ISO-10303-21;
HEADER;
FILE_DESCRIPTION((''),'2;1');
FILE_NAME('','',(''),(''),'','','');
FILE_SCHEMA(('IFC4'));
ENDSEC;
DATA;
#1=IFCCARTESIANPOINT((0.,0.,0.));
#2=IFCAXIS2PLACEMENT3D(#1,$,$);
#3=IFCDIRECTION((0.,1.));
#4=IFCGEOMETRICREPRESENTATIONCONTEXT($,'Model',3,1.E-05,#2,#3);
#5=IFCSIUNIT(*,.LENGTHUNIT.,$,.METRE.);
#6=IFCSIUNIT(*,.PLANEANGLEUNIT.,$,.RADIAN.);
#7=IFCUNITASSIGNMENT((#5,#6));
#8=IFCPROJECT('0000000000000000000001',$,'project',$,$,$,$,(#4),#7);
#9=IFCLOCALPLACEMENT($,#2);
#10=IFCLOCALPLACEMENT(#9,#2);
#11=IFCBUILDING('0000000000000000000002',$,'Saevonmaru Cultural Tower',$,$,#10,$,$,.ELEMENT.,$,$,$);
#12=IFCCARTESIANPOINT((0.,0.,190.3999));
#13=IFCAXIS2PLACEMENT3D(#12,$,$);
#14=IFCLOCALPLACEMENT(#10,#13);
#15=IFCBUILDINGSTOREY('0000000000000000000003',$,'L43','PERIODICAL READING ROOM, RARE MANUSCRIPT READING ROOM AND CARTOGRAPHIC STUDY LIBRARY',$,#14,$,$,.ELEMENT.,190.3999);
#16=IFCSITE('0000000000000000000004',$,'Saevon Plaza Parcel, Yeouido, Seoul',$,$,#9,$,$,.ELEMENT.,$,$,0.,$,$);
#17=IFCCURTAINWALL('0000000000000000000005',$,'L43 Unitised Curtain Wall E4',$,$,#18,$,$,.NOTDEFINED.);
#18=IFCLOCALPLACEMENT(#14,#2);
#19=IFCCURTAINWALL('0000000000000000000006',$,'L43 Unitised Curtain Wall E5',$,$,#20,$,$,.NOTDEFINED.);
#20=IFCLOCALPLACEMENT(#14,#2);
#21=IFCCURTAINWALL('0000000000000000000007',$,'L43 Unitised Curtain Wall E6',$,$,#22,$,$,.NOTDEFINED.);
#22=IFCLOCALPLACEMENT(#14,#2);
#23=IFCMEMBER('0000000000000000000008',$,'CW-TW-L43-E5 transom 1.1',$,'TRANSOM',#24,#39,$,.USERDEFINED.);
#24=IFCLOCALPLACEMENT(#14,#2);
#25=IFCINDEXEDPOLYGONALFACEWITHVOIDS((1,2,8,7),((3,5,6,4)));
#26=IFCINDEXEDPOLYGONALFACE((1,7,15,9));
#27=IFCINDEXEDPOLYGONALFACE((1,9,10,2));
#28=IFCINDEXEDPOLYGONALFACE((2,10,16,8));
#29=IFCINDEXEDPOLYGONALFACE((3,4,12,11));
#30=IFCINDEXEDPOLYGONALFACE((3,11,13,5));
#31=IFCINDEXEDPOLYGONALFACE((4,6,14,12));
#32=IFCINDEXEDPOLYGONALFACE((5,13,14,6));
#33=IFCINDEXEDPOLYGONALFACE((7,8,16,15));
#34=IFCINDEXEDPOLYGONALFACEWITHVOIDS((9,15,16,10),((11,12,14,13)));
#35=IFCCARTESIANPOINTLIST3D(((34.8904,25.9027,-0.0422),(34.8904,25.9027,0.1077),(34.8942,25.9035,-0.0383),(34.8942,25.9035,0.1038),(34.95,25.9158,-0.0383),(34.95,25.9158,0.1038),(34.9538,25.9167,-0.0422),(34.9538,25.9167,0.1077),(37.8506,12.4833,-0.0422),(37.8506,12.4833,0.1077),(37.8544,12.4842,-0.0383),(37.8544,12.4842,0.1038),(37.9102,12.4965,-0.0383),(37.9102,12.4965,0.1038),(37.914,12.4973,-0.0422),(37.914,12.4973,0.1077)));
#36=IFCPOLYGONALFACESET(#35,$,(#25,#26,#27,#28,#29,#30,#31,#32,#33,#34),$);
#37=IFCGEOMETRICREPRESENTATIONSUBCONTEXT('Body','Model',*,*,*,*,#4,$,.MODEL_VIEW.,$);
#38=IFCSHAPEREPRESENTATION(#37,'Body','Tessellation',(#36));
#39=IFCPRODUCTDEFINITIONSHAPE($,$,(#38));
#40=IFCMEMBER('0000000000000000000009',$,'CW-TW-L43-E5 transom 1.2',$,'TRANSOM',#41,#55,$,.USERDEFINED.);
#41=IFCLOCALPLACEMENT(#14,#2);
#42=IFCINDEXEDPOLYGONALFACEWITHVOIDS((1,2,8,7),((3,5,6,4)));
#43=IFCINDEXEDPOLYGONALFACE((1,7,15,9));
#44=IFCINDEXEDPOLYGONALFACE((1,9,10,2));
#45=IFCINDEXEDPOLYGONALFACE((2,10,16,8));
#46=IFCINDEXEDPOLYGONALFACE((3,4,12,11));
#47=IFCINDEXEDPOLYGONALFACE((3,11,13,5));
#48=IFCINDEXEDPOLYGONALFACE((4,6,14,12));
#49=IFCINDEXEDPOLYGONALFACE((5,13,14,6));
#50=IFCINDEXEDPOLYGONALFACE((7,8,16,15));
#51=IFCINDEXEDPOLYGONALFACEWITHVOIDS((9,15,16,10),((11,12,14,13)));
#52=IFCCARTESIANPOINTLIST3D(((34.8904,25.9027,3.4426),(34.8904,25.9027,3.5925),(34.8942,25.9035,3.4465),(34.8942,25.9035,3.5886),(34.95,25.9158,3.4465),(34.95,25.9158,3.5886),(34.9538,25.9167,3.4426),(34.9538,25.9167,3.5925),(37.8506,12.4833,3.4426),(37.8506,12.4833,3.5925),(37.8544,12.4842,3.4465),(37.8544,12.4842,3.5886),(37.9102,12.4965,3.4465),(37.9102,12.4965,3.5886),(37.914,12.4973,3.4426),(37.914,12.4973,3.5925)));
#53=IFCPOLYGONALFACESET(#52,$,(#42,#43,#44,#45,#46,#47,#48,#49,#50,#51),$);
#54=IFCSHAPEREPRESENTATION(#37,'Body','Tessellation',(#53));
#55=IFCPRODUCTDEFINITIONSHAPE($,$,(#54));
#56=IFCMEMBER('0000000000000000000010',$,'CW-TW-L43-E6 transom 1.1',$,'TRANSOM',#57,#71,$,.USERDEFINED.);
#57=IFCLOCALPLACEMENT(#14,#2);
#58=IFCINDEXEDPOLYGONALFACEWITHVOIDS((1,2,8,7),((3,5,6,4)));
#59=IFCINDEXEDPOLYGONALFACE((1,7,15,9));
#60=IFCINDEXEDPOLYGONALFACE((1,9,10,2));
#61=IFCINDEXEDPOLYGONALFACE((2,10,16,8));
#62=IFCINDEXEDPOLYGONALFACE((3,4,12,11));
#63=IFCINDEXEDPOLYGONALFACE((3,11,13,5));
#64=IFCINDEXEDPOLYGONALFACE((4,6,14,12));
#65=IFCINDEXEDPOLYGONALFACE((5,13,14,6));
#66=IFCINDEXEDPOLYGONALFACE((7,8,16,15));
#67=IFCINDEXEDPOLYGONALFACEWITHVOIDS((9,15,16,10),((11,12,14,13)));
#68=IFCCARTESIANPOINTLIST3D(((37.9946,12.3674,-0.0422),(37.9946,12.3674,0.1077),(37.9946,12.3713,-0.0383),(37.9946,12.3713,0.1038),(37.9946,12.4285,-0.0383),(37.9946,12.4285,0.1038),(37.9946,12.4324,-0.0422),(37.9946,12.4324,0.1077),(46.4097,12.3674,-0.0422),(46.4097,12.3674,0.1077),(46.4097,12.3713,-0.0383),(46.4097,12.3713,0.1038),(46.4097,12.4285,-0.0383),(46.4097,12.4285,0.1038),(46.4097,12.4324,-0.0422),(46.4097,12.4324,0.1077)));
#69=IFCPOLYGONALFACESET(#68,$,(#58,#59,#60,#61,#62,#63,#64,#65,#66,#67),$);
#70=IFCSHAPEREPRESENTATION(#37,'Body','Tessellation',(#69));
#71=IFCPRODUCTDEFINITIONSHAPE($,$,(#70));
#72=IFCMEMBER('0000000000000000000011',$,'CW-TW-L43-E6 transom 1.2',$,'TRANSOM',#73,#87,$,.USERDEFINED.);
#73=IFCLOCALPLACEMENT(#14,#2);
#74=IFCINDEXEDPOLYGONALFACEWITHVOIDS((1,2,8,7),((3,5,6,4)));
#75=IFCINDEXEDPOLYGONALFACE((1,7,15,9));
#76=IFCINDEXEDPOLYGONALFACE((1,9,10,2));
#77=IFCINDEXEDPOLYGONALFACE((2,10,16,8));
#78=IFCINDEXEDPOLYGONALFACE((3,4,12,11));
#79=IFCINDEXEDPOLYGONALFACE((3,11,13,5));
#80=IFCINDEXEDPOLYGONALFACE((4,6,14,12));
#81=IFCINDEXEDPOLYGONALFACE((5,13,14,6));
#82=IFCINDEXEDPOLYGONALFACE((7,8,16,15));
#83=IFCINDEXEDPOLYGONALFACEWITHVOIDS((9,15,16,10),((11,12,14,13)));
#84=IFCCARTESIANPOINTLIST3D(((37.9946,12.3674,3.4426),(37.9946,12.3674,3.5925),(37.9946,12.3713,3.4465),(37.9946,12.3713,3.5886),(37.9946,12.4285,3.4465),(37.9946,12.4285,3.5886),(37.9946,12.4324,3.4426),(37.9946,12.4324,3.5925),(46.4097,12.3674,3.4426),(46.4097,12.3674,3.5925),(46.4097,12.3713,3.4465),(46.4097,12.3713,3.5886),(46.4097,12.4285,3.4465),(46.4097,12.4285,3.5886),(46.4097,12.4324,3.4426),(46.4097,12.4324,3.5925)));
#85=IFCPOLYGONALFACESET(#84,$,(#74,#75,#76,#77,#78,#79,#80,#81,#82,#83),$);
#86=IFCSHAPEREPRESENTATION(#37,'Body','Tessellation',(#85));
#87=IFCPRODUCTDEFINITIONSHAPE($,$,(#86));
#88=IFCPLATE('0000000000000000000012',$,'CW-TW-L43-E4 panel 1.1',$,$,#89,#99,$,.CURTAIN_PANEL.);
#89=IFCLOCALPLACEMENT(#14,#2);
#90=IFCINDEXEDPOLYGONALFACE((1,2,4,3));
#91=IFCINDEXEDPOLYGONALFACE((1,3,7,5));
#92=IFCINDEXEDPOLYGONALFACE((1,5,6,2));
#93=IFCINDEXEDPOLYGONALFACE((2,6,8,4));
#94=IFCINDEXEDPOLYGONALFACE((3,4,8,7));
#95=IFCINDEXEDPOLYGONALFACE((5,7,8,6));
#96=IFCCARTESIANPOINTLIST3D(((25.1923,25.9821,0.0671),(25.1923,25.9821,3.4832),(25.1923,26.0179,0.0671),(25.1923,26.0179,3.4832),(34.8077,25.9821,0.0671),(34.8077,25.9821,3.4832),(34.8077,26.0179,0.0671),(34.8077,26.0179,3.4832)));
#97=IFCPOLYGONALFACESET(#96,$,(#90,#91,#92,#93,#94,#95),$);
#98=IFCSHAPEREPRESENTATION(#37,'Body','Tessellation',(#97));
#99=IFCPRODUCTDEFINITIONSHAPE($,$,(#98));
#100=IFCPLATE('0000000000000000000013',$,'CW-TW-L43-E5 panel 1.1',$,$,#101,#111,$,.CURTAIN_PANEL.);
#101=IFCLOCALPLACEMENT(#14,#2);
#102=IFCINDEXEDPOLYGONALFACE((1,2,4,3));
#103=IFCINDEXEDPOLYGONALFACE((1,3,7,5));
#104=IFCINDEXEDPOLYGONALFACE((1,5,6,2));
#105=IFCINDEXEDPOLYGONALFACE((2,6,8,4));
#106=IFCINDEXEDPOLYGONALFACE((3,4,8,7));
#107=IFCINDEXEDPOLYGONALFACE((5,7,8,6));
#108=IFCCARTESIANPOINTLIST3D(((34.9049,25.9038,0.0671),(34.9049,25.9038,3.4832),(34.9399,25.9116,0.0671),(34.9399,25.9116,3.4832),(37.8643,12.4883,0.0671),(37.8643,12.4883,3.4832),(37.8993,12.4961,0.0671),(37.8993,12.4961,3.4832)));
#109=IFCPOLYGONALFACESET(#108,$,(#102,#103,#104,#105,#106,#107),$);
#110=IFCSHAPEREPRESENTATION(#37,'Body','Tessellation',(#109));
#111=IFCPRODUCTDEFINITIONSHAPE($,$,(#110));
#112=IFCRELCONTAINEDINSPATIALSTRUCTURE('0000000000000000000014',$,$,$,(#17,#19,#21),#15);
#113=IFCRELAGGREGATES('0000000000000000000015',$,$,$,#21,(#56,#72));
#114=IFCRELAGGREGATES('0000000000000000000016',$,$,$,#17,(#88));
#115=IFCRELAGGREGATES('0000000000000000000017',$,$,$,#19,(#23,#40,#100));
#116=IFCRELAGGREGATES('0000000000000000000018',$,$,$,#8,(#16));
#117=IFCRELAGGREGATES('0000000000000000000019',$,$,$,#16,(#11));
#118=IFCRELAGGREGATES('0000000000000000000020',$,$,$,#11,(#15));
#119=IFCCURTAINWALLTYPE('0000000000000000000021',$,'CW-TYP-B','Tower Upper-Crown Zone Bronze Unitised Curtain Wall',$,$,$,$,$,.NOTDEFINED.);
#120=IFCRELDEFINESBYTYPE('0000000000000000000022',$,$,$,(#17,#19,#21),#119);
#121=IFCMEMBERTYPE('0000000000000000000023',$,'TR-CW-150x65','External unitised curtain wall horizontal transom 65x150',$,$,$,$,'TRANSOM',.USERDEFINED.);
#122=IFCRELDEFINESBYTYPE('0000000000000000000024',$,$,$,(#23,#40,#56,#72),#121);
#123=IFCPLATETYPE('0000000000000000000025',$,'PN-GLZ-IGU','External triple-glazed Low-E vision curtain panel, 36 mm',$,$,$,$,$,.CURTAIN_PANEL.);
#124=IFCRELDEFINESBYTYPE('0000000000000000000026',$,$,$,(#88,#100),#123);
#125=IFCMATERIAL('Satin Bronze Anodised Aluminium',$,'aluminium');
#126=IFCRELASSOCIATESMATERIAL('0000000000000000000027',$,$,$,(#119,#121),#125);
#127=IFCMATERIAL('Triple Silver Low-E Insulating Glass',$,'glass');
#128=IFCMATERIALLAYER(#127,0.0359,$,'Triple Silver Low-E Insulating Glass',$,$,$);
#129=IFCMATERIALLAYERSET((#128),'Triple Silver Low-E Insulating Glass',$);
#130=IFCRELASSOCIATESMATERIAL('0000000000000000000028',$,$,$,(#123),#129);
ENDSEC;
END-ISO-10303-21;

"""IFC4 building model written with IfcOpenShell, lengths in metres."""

from ifc_helpers import new_model, si_unit, direction, frame, origin, origin_2d, place, context, subcontext, project, spatial, rectangle, hollow_rectangle, extrude, material, layer, layer_set, material_profile, profile_set, type_object, element, aggregate, save


model = new_model("IFC4")

# Units and contexts
model_context = context("Model", 3, precision=1e-05, world=origin(), true_north=direction((0.0, 1.0)))
body_context = subcontext(model_context, "Body", "Model", "MODEL_VIEW")
ifc_project = project(units=[si_unit("LENGTHUNIT", "METRE"), si_unit("PLANEANGLEUNIT", "RADIAN")], contexts=[model_context])

# Site, building, storey
site_placement = place(None, origin())
site = spatial("IfcSite", under=ifc_project, at=site_placement, Name="Saevon Plaza Parcel, Yeouido, Seoul", CompositionType="ELEMENT", RefElevation=0.0)
building_placement = place(site_placement, origin())
building = spatial("IfcBuilding", under=site, at=building_placement, Name="Saevonmaru Cultural Tower", CompositionType="ELEMENT")
storey_placement = place(building_placement, frame((0.0, 0.0, 190.3999)))
storey = spatial("IfcBuildingStorey", under=building, at=storey_placement, Name="L43", Description="PERIODICAL READING ROOM, RARE MANUSCRIPT READING ROOM AND CARTOGRAPHIC STUDY LIBRARY", CompositionType="ELEMENT", Elevation=190.3999)

# Shared definitions
ifc_material_1 = material(Name="Satin Bronze Anodised Aluminium", Category="aluminium")
curtain_wall_type = type_object("IfcCurtainWallType", Name="CW-TYP-B", Description="Tower Upper-Crown Zone Bronze Unitised Curtain Wall", PredefinedType="NOTDEFINED", material=ifc_material_1)

# Curtain walls
curtain_wall_1_placement = place(storey_placement, origin())
curtain_wall_1 = element("IfcCurtainWall", 1, at=curtain_wall_1_placement, inside=storey, type_object=curtain_wall_type, Name="L43 Unitised Curtain Wall E4", PredefinedType="NOTDEFINED")
curtain_wall_2_placement = place(storey_placement, origin())
curtain_wall_2 = element("IfcCurtainWall", 2, at=curtain_wall_2_placement, inside=storey, type_object=curtain_wall_type, Name="L43 Unitised Curtain Wall E5", PredefinedType="NOTDEFINED")

# Curtain wall
curtain_wall_3_placement = place(storey_placement, origin())
curtain_wall_3 = element("IfcCurtainWall", 3, at=curtain_wall_3_placement, inside=storey, type_object=curtain_wall_type, Name="L43 Unitised Curtain Wall E6", PredefinedType="NOTDEFINED")

# Members
ifc_material_profile_1 = material_profile(ifc_material_1, hollow_rectangle(XDim=0.0649, YDim=0.1499, WallThickness=0.0039, at=origin_2d()), Name="ALU-TRAN-150x65x4")
ifc_profile_set_1 = profile_set([ifc_material_profile_1], Name="Satin Bronze Anodised Aluminium")
member_type_1 = type_object("IfcMemberType", Name="TR-CW-150x65", Description="External unitised curtain wall horizontal transom 65x150", ElementType="TRANSOM", PredefinedType="USERDEFINED", material=ifc_profile_set_1)
member_1_placement = place(storey_placement, frame((34.9221, 25.9097, 0.0327), z_axis=(0.215412, -0.976523, 0.0), x_axis=(0.976523, 0.215412, 0.0)))
member_1 = element("IfcMember", 4, at=member_1_placement, type_object=member_type_1, Name="CW-TW-L43-E5 transom 1.1", ObjectType="TRANSOM", PredefinedType="USERDEFINED", context=body_context, shape_type="SweptSolid", body=[
    extrude(hollow_rectangle(XDim=0.0649, YDim=0.1499, WallThickness=0.0039, at=origin_2d()), origin(), (0.0, 0.0, 1.0), 13.7419),
])
member_2_placement = place(storey_placement, frame((34.9221, 25.9097, 3.5176), z_axis=(0.215412, -0.976523, 0.0), x_axis=(0.976523, 0.215412, 0.0)))
member_2 = element("IfcMember", 5, at=member_2_placement, type_object=member_type_1, Name="CW-TW-L43-E5 transom 1.2", ObjectType="TRANSOM", PredefinedType="USERDEFINED", context=body_context, shape_type="SweptSolid", body=[
    extrude(hollow_rectangle(XDim=0.0649, YDim=0.1499, WallThickness=0.0039, at=origin_2d()), origin(), (0.0, 0.0, 1.0), 13.7419),
])
member_3_placement = place(storey_placement, frame((37.9946, 12.3999, 0.0327), z_axis=(1.0, 0.0, 0.0), x_axis=(0.0, 1.0, 0.0)))
member_3 = element("IfcMember", 6, at=member_3_placement, type_object=member_type_1, Name="CW-TW-L43-E6 transom 1.1", ObjectType="TRANSOM", PredefinedType="USERDEFINED", context=body_context, shape_type="SweptSolid", body=[
    extrude(hollow_rectangle(XDim=0.0649, YDim=0.1499, WallThickness=0.0039, at=origin_2d()), origin(), (0.0, 0.0, 1.0), 8.415),
])
member_4_placement = place(storey_placement, frame((37.9946, 12.3999, 3.5176), z_axis=(1.0, 0.0, 0.0), x_axis=(0.0, 1.0, 0.0)))
member_4 = element("IfcMember", 7, at=member_4_placement, type_object=member_type_1, Name="CW-TW-L43-E6 transom 1.2", ObjectType="TRANSOM", PredefinedType="USERDEFINED", context=body_context, shape_type="SweptSolid", body=[
    extrude(hollow_rectangle(XDim=0.0649, YDim=0.1499, WallThickness=0.0039, at=origin_2d()), origin(), (0.0, 0.0, 1.0), 8.415),
])
aggregate(curtain_wall_3, [member_3, member_4])

# Plates
ifc_material_2 = material(Name="Triple Silver Low-E Insulating Glass", Category="glass")
ifc_layer = layer(ifc_material_2, 0.0359, Name="Triple Silver Low-E Insulating Glass")
ifc_layer_set = layer_set([ifc_layer], Name="Triple Silver Low-E Insulating Glass")
plate_type = type_object("IfcPlateType", Name="PN-GLZ-IGU", Description="External triple-glazed Low-E vision curtain panel, 36 mm", PredefinedType="CURTAIN_PANEL", material=ifc_layer_set)
plate_1_placement = place(storey_placement, frame((30.0, 26.0, 0.0671), z_axis=(0.0, 0.0, 1.0), x_axis=(1.0, 0.0, 0.0)))
plate_1 = element("IfcPlate", 8, at=plate_1_placement, type_object=plate_type, Name="CW-TW-L43-E4 panel 1.1", PredefinedType="CURTAIN_PANEL", context=body_context, shape_type="SweptSolid", body=[
    extrude(rectangle(XDim=9.6155, YDim=0.0359, at=origin_2d()), origin(), (0.0, 0.0, 1.0), 3.416),
])
aggregate(curtain_wall_1, [plate_1])
plate_2_placement = place(storey_placement, frame((36.4021, 19.2, 0.0671), z_axis=(0.0, 0.0, 1.0), x_axis=(0.215413, -0.976523, 0.0)))
plate_2 = element("IfcPlate", 9, at=plate_2_placement, type_object=plate_type, Name="CW-TW-L43-E5 panel 1.1", PredefinedType="CURTAIN_PANEL", context=body_context, shape_type="SweptSolid", body=[
    extrude(rectangle(XDim=13.738, YDim=0.0359, at=origin_2d()), origin(), (0.0, 0.0, 1.0), 3.416),
])
aggregate(curtain_wall_2, [member_1, member_2, plate_2])

save(model, "model.ifc")
